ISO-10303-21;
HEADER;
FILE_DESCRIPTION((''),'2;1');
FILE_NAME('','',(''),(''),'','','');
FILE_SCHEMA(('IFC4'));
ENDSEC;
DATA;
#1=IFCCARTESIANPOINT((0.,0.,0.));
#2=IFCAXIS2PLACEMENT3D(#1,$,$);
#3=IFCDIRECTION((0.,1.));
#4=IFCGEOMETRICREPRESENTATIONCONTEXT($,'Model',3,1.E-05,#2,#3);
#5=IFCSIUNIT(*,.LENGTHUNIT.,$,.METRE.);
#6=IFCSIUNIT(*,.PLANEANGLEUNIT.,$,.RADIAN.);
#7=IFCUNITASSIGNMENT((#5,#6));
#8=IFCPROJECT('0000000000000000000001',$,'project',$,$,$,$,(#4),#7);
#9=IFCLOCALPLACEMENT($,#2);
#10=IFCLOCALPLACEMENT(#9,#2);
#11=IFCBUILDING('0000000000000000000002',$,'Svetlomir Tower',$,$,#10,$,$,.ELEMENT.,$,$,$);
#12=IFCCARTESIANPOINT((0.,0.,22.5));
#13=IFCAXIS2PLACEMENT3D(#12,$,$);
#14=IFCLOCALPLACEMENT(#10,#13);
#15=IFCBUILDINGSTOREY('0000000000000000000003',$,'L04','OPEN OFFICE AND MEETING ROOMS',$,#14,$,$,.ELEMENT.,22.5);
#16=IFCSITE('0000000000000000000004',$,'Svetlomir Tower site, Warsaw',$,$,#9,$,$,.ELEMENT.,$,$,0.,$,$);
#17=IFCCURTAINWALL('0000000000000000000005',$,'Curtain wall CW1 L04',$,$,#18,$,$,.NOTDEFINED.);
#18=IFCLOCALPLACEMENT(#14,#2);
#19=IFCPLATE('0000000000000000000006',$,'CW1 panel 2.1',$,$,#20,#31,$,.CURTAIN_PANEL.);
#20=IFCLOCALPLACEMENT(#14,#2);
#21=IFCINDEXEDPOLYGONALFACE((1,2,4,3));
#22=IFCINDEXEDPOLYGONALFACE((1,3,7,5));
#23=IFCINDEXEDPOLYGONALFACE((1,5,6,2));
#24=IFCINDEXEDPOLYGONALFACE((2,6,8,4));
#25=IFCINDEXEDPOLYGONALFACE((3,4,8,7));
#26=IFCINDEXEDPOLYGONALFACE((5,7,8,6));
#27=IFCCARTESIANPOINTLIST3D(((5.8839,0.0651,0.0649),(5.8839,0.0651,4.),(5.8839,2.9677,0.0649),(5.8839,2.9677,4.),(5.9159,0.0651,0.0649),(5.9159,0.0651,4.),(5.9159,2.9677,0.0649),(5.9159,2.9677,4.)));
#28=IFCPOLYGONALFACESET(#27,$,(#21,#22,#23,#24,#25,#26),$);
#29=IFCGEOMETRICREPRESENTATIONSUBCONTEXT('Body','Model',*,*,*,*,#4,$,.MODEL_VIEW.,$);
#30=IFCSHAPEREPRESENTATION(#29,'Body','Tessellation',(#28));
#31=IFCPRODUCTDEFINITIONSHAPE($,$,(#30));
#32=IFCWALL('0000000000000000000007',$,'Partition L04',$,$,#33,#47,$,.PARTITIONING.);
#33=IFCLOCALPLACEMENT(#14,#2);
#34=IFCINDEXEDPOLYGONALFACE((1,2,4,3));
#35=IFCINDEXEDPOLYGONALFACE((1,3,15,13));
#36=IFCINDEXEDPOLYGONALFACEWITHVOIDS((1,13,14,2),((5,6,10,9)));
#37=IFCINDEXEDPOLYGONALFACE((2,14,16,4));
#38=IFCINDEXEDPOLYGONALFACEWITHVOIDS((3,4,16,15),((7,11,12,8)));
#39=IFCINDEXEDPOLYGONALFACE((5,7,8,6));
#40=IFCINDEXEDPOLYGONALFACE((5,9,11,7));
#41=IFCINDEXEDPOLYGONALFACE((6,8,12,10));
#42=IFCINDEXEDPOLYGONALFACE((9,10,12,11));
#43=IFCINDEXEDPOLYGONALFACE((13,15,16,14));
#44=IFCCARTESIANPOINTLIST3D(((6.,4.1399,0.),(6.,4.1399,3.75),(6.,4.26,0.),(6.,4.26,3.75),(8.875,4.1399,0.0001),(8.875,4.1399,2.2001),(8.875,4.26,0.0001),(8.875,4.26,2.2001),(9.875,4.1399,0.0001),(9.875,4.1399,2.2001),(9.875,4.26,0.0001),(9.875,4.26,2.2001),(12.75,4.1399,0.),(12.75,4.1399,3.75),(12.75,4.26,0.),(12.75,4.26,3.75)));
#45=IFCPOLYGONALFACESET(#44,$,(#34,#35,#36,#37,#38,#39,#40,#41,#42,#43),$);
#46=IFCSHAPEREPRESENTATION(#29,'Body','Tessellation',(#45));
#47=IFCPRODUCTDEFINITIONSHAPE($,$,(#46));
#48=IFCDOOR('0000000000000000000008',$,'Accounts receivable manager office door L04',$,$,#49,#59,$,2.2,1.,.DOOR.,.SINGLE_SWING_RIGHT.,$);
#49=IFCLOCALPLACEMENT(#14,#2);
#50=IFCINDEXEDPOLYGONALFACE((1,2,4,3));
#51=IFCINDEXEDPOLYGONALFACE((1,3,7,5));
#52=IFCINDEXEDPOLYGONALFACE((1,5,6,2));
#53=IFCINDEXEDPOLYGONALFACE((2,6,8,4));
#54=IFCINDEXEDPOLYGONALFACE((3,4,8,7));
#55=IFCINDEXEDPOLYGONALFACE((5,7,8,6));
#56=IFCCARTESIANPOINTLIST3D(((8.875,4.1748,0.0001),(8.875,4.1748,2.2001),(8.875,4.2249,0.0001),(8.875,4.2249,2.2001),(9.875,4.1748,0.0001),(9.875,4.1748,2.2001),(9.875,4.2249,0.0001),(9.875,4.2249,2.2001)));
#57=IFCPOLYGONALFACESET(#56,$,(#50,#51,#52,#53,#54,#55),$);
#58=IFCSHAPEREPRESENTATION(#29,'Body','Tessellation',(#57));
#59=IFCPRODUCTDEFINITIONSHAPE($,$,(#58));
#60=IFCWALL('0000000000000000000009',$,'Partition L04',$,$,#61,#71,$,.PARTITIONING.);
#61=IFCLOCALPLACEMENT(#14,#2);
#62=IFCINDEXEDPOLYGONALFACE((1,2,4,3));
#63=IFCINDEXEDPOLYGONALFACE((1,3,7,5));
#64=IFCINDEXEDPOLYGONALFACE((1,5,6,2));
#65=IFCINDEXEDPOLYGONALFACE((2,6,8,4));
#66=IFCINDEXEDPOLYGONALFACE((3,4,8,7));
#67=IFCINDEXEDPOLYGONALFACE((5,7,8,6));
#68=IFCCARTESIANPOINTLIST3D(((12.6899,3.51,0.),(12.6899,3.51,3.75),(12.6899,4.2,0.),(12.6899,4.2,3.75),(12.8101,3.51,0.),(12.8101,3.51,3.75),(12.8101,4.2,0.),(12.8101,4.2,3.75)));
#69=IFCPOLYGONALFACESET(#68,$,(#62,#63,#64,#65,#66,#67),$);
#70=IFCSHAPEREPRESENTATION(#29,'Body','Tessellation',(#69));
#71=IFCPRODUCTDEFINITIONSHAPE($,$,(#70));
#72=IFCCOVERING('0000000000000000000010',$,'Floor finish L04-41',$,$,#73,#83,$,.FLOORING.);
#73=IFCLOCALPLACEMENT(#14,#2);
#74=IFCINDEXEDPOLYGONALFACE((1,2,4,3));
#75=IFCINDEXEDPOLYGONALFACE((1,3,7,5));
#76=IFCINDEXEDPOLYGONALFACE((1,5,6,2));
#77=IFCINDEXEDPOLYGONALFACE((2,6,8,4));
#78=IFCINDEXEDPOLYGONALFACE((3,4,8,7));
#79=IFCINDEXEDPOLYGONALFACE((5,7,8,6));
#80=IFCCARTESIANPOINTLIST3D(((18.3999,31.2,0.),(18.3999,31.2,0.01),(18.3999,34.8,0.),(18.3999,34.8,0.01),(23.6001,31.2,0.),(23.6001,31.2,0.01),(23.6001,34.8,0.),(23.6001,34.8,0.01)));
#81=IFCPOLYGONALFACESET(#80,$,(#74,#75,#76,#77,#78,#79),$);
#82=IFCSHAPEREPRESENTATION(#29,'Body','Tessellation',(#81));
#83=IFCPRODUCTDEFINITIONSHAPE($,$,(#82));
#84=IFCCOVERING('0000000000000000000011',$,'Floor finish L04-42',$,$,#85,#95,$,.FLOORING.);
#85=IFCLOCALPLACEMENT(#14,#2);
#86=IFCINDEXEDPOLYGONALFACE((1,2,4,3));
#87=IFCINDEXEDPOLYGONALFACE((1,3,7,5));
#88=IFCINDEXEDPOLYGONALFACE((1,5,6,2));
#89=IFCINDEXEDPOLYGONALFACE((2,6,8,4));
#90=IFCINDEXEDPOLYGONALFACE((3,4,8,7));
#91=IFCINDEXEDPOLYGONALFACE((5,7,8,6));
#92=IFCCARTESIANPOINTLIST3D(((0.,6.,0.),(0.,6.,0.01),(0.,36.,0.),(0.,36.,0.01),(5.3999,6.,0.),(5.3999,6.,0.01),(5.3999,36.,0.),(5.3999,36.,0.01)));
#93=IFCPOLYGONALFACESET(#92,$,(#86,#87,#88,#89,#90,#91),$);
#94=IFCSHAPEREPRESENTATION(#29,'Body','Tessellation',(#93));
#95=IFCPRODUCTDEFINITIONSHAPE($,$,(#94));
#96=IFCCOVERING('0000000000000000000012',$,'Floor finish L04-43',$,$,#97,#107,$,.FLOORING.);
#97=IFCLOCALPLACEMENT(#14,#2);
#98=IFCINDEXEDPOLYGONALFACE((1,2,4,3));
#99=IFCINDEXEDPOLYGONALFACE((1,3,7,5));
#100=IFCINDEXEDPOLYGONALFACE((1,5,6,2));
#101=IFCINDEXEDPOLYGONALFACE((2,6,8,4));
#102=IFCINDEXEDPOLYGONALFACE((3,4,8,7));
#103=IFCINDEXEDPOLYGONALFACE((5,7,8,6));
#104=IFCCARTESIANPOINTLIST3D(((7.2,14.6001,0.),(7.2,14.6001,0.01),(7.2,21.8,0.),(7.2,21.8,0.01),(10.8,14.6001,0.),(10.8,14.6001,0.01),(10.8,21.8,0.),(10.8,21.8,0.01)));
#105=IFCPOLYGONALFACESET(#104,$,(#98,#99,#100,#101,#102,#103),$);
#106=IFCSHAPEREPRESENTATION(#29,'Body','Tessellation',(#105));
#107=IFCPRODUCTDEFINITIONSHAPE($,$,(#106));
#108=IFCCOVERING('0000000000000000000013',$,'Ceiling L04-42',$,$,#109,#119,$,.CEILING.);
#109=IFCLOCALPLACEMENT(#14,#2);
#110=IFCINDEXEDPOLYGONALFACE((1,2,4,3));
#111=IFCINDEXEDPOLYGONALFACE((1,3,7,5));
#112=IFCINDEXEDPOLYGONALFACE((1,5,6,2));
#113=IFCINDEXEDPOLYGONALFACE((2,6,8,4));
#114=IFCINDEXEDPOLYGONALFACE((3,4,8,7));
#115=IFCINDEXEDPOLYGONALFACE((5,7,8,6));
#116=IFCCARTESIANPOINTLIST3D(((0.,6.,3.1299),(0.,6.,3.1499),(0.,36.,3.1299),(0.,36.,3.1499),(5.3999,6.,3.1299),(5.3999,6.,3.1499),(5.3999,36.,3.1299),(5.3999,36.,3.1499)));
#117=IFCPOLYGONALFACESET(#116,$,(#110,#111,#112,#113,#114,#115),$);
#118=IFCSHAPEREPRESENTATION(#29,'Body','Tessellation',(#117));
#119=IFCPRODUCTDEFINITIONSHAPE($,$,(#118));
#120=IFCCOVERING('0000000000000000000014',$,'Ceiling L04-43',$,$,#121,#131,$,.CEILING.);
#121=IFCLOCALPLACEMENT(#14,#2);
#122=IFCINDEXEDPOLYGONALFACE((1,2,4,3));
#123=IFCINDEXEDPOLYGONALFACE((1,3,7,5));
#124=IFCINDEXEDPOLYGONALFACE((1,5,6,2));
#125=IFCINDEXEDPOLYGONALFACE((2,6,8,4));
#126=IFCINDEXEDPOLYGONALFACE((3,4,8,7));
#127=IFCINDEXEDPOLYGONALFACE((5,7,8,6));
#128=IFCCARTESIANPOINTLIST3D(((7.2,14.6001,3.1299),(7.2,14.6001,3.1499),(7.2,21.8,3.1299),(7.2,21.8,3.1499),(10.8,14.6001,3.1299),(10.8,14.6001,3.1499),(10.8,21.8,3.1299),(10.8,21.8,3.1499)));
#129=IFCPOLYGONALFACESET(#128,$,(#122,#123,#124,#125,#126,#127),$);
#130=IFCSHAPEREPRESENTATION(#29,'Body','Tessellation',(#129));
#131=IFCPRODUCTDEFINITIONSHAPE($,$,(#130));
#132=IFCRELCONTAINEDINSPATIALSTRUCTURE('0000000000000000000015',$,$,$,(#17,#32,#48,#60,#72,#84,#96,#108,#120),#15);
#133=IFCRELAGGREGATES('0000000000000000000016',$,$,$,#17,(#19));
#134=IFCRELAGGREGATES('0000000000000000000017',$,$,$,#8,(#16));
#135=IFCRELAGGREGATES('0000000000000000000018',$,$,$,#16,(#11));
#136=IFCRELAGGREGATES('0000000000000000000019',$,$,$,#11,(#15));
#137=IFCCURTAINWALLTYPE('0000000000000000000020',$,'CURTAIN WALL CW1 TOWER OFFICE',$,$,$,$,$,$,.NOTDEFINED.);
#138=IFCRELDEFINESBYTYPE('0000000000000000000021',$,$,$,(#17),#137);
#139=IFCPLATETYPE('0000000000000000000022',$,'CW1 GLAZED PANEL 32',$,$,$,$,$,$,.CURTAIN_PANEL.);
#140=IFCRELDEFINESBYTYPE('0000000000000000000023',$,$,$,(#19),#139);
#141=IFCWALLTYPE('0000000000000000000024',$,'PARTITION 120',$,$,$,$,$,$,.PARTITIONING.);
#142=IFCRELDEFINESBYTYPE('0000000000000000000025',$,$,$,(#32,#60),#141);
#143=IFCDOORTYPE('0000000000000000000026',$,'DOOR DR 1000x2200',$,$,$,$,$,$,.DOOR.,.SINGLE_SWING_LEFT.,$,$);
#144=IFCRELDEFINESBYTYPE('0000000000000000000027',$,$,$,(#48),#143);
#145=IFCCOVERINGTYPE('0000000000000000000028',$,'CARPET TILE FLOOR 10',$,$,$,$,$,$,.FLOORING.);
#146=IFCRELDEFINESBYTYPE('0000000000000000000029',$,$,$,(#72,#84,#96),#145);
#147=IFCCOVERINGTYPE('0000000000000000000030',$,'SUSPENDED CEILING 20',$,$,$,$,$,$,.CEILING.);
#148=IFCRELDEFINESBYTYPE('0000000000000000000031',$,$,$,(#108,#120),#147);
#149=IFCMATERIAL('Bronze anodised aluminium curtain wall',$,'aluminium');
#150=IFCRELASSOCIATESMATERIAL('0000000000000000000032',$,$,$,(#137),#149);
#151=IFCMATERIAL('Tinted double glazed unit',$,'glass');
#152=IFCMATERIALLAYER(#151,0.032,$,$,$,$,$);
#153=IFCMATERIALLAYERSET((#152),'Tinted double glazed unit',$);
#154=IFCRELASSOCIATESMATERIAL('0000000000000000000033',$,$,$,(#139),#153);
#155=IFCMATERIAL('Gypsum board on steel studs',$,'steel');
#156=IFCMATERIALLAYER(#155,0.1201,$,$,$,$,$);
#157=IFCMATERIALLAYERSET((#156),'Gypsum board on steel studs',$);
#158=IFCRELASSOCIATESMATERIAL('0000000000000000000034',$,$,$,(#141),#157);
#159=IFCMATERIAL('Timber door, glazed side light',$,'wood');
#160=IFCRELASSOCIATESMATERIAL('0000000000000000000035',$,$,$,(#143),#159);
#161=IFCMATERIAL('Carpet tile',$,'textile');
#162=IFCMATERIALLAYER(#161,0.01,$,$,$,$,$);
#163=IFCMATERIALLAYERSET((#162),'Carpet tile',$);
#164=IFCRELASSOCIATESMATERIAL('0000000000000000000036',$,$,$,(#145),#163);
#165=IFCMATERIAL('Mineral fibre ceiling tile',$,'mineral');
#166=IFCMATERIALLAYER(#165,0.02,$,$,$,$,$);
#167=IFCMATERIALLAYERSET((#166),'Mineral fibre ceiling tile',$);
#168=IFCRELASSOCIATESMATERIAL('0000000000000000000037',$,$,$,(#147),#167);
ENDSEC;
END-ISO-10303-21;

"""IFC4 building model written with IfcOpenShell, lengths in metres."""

from ifc_helpers import new_model, si_unit, direction, frame, frame_2d, origin, origin_2d, place, context, subcontext, project, spatial, polyline, rectangle, outline, extrude, material, layer, layer_set, type_object, element, fill, aggregate, save


model = new_model("IFC4")

# Units and contexts
model_context = context("Model", 3, precision=1e-05, world=origin(), true_north=direction((0.0, 1.0)))
body_context = subcontext(model_context, "Body", "Model", "MODEL_VIEW")
ifc_project = project(units=[si_unit("LENGTHUNIT", "METRE"), si_unit("PLANEANGLEUNIT", "RADIAN")], contexts=[model_context])

# Site, building, storey
site_placement = place(None, origin())
site = spatial("IfcSite", under=ifc_project, at=site_placement, Name="Svetlomir Tower site, Warsaw", CompositionType="ELEMENT", RefElevation=0.0)
building_placement = place(site_placement, origin())
building = spatial("IfcBuilding", under=site, at=building_placement, Name="Svetlomir Tower", CompositionType="ELEMENT")
storey_placement = place(building_placement, frame((0.0, 0.0, 22.5)))
storey = spatial("IfcBuildingStorey", under=building, at=storey_placement, Name="L04", Description="OPEN OFFICE AND MEETING ROOMS", CompositionType="ELEMENT", Elevation=22.5)

# Shared definitions
ifc_material_1 = material(Name="Bronze anodised aluminium curtain wall", Category="aluminium")
curtain_wall_type = type_object("IfcCurtainWallType", Name="CURTAIN WALL CW1 TOWER OFFICE", PredefinedType="NOTDEFINED", material=ifc_material_1)

# Curtain wall
curtain_wall_1_placement = place(storey_placement, origin())
curtain_wall_1 = element("IfcCurtainWall", 1, at=curtain_wall_1_placement, inside=storey, type_object=curtain_wall_type, Name="Curtain wall CW1 L04", PredefinedType="NOTDEFINED")

# Plate
ifc_material_2 = material(Name="Tinted double glazed unit", Category="glass")
ifc_layer_1 = layer(ifc_material_2, 0.032)
ifc_layer_set_1 = layer_set([ifc_layer_1], Name="Tinted double glazed unit")
plate_type = type_object("IfcPlateType", Name="CW1 GLAZED PANEL 32", PredefinedType="CURTAIN_PANEL", material=ifc_layer_set_1)
plate_1_placement = place(storey_placement, frame((5.8999, 1.5164, 0.0649), z_axis=(0.0, 0.0, 1.0), x_axis=(0.0, -1.0, 0.0)))
plate_1 = element("IfcPlate", 2, at=plate_1_placement, type_object=plate_type, Name="CW1 panel 2.1", PredefinedType="CURTAIN_PANEL", context=body_context, shape_type="SweptSolid", body=[
    extrude(rectangle(XDim=2.9026, YDim=0.032, at=origin_2d()), origin(), (0.0, 0.0, 1.0), 3.9351),
])
aggregate(curtain_wall_1, [plate_1])

# Wall, opening, door
ifc_material_3 = material(Name="Gypsum board on steel studs", Category="steel")
ifc_layer_2 = layer(ifc_material_3, 0.1201)
ifc_layer_set_2 = layer_set([ifc_layer_2], Name="Gypsum board on steel studs")
wall_type = type_object("IfcWallType", Name="PARTITION 120", PredefinedType="PARTITIONING", material=ifc_layer_set_2)
wall_1_placement = place(storey_placement, frame((6.0, 4.2, 0.0), z_axis=(0.0, 0.0, 1.0), x_axis=(1.0, 0.0, 0.0)))
wall_1 = element("IfcWall", 3, at=wall_1_placement, inside=storey, type_object=wall_type, Name="Partition L04", PredefinedType="PARTITIONING", context=body_context, shape_type="SweptSolid", body=[
    extrude(rectangle(XDim=6.75, YDim=0.1201, at=frame_2d((3.375, 0.0))), origin(), (0.0, 0.0, 1.0), 3.75),
])
opening_placement = place(wall_1_placement, frame((2.875, 0.0, 0.0)))
opening = element("IfcOpeningElement", 4, at=opening_placement, cuts=wall_1, PredefinedType="OPENING", context=body_context, shape_type="SweptSolid", body=[
    extrude(rectangle(XDim=1.0, YDim=2.2, at=frame_2d((0.5, 1.1001))), frame((0.0, 0.0701, 0.0), z_axis=(0.0, -1.0, 0.0), x_axis=(1.0, 0.0, 0.0)), (0.0, 0.0, 1.0), 0.1401),
])
ifc_material_4 = material(Name="Timber door, glazed side light", Category="wood")
door_type = type_object("IfcDoorType", Name="DOOR DR 1000x2200", OperationType="SINGLE_SWING_LEFT", PredefinedType="DOOR", material=ifc_material_4)
door_placement = place(opening_placement, origin())
door = element("IfcDoor", 5, at=door_placement, inside=storey, type_object=door_type, Name="Accounts receivable manager office door L04", OperationType="SINGLE_SWING_RIGHT", OverallHeight=2.2, OverallWidth=1.0, PredefinedType="DOOR", context=body_context, shape_type="SweptSolid", body=[
    extrude(rectangle(XDim=1.0, YDim=2.2, at=frame_2d((0.5, 1.1001))), frame((0.0, 0.0249, 0.0), z_axis=(0.0, -1.0, 0.0), x_axis=(1.0, 0.0, 0.0)), (0.0, 0.0, 1.0), 0.05),
])
fill(opening, door)

# Wall
wall_2_placement = place(storey_placement, frame((12.75, 3.51, 0.0), z_axis=(0.0, 0.0, 1.0), x_axis=(0.0, 1.0, 0.0)))
element("IfcWall", 6, at=wall_2_placement, inside=storey, type_object=wall_type, Name="Partition L04", PredefinedType="PARTITIONING", context=body_context, shape_type="SweptSolid", body=[
    extrude(rectangle(XDim=0.6899, YDim=0.1201, at=frame_2d((0.345, 0.0))), origin(), (0.0, 0.0, 1.0), 3.75),
])

# Coverings
ifc_material_5 = material(Name="Carpet tile", Category="textile")
ifc_layer_3 = layer(ifc_material_5, 0.01)
ifc_layer_set_3 = layer_set([ifc_layer_3], Name="Carpet tile")
covering_type_1 = type_object("IfcCoveringType", Name="CARPET TILE FLOOR 10", PredefinedType="FLOORING", material=ifc_layer_set_3)
covering_1_placement = place(storey_placement, origin())
element("IfcCovering", 7, at=covering_1_placement, inside=storey, type_object=covering_type_1, Name="Floor finish L04-41", PredefinedType="FLOORING", context=body_context, shape_type="SweptSolid", body=[
    extrude(outline(polyline([(18.3999, 31.2), (18.3999, 34.8), (23.6001, 34.8), (23.6001, 31.2), (18.3999, 31.2)])), origin(), (0.0, 0.0, 1.0), 0.01),
])
covering_2_placement = place(storey_placement, origin())
element("IfcCovering", 8, at=covering_2_placement, inside=storey, type_object=covering_type_1, Name="Floor finish L04-42", PredefinedType="FLOORING", context=body_context, shape_type="SweptSolid", body=[
    extrude(outline(polyline([(0.0, 36.0), (5.3999, 36.0), (5.3999, 6.0), (0.0, 6.0), (0.0, 36.0)])), origin(), (0.0, 0.0, 1.0), 0.01),
])
covering_3_placement = place(storey_placement, origin())
element("IfcCovering", 9, at=covering_3_placement, inside=storey, type_object=covering_type_1, Name="Floor finish L04-43", PredefinedType="FLOORING", context=body_context, shape_type="SweptSolid", body=[
    extrude(outline(polyline([(7.2, 14.6001), (7.2, 21.8), (10.8, 21.8), (10.8, 14.6001), (7.2, 14.6001)])), origin(), (0.0, 0.0, 1.0), 0.01),
])
ifc_material_6 = material(Name="Mineral fibre ceiling tile", Category="mineral")
ifc_layer_4 = layer(ifc_material_6, 0.02)
ifc_layer_set_4 = layer_set([ifc_layer_4], Name="Mineral fibre ceiling tile")
covering_type_2 = type_object("IfcCoveringType", Name="SUSPENDED CEILING 20", PredefinedType="CEILING", material=ifc_layer_set_4)
covering_4_placement = place(storey_placement, frame((0.0, 0.0, 3.1299)))
element("IfcCovering", 10, at=covering_4_placement, inside=storey, type_object=covering_type_2, Name="Ceiling L04-42", PredefinedType="CEILING", context=body_context, shape_type="SweptSolid", body=[
    extrude(outline(polyline([(0.0, 36.0), (5.3999, 36.0), (5.3999, 6.0), (0.0, 6.0), (0.0, 36.0)])), origin(), (0.0, 0.0, 1.0), 0.02),
])
covering_5_placement = place(storey_placement, frame((0.0, 0.0, 3.1299)))
element("IfcCovering", 11, at=covering_5_placement, inside=storey, type_object=covering_type_2, Name="Ceiling L04-43", PredefinedType="CEILING", context=body_context, shape_type="SweptSolid", body=[
    extrude(outline(polyline([(7.2, 14.6001), (7.2, 21.8), (10.8, 21.8), (10.8, 14.6001), (7.2, 14.6001)])), origin(), (0.0, 0.0, 1.0), 0.02),
])

save(model, "model.ifc")
